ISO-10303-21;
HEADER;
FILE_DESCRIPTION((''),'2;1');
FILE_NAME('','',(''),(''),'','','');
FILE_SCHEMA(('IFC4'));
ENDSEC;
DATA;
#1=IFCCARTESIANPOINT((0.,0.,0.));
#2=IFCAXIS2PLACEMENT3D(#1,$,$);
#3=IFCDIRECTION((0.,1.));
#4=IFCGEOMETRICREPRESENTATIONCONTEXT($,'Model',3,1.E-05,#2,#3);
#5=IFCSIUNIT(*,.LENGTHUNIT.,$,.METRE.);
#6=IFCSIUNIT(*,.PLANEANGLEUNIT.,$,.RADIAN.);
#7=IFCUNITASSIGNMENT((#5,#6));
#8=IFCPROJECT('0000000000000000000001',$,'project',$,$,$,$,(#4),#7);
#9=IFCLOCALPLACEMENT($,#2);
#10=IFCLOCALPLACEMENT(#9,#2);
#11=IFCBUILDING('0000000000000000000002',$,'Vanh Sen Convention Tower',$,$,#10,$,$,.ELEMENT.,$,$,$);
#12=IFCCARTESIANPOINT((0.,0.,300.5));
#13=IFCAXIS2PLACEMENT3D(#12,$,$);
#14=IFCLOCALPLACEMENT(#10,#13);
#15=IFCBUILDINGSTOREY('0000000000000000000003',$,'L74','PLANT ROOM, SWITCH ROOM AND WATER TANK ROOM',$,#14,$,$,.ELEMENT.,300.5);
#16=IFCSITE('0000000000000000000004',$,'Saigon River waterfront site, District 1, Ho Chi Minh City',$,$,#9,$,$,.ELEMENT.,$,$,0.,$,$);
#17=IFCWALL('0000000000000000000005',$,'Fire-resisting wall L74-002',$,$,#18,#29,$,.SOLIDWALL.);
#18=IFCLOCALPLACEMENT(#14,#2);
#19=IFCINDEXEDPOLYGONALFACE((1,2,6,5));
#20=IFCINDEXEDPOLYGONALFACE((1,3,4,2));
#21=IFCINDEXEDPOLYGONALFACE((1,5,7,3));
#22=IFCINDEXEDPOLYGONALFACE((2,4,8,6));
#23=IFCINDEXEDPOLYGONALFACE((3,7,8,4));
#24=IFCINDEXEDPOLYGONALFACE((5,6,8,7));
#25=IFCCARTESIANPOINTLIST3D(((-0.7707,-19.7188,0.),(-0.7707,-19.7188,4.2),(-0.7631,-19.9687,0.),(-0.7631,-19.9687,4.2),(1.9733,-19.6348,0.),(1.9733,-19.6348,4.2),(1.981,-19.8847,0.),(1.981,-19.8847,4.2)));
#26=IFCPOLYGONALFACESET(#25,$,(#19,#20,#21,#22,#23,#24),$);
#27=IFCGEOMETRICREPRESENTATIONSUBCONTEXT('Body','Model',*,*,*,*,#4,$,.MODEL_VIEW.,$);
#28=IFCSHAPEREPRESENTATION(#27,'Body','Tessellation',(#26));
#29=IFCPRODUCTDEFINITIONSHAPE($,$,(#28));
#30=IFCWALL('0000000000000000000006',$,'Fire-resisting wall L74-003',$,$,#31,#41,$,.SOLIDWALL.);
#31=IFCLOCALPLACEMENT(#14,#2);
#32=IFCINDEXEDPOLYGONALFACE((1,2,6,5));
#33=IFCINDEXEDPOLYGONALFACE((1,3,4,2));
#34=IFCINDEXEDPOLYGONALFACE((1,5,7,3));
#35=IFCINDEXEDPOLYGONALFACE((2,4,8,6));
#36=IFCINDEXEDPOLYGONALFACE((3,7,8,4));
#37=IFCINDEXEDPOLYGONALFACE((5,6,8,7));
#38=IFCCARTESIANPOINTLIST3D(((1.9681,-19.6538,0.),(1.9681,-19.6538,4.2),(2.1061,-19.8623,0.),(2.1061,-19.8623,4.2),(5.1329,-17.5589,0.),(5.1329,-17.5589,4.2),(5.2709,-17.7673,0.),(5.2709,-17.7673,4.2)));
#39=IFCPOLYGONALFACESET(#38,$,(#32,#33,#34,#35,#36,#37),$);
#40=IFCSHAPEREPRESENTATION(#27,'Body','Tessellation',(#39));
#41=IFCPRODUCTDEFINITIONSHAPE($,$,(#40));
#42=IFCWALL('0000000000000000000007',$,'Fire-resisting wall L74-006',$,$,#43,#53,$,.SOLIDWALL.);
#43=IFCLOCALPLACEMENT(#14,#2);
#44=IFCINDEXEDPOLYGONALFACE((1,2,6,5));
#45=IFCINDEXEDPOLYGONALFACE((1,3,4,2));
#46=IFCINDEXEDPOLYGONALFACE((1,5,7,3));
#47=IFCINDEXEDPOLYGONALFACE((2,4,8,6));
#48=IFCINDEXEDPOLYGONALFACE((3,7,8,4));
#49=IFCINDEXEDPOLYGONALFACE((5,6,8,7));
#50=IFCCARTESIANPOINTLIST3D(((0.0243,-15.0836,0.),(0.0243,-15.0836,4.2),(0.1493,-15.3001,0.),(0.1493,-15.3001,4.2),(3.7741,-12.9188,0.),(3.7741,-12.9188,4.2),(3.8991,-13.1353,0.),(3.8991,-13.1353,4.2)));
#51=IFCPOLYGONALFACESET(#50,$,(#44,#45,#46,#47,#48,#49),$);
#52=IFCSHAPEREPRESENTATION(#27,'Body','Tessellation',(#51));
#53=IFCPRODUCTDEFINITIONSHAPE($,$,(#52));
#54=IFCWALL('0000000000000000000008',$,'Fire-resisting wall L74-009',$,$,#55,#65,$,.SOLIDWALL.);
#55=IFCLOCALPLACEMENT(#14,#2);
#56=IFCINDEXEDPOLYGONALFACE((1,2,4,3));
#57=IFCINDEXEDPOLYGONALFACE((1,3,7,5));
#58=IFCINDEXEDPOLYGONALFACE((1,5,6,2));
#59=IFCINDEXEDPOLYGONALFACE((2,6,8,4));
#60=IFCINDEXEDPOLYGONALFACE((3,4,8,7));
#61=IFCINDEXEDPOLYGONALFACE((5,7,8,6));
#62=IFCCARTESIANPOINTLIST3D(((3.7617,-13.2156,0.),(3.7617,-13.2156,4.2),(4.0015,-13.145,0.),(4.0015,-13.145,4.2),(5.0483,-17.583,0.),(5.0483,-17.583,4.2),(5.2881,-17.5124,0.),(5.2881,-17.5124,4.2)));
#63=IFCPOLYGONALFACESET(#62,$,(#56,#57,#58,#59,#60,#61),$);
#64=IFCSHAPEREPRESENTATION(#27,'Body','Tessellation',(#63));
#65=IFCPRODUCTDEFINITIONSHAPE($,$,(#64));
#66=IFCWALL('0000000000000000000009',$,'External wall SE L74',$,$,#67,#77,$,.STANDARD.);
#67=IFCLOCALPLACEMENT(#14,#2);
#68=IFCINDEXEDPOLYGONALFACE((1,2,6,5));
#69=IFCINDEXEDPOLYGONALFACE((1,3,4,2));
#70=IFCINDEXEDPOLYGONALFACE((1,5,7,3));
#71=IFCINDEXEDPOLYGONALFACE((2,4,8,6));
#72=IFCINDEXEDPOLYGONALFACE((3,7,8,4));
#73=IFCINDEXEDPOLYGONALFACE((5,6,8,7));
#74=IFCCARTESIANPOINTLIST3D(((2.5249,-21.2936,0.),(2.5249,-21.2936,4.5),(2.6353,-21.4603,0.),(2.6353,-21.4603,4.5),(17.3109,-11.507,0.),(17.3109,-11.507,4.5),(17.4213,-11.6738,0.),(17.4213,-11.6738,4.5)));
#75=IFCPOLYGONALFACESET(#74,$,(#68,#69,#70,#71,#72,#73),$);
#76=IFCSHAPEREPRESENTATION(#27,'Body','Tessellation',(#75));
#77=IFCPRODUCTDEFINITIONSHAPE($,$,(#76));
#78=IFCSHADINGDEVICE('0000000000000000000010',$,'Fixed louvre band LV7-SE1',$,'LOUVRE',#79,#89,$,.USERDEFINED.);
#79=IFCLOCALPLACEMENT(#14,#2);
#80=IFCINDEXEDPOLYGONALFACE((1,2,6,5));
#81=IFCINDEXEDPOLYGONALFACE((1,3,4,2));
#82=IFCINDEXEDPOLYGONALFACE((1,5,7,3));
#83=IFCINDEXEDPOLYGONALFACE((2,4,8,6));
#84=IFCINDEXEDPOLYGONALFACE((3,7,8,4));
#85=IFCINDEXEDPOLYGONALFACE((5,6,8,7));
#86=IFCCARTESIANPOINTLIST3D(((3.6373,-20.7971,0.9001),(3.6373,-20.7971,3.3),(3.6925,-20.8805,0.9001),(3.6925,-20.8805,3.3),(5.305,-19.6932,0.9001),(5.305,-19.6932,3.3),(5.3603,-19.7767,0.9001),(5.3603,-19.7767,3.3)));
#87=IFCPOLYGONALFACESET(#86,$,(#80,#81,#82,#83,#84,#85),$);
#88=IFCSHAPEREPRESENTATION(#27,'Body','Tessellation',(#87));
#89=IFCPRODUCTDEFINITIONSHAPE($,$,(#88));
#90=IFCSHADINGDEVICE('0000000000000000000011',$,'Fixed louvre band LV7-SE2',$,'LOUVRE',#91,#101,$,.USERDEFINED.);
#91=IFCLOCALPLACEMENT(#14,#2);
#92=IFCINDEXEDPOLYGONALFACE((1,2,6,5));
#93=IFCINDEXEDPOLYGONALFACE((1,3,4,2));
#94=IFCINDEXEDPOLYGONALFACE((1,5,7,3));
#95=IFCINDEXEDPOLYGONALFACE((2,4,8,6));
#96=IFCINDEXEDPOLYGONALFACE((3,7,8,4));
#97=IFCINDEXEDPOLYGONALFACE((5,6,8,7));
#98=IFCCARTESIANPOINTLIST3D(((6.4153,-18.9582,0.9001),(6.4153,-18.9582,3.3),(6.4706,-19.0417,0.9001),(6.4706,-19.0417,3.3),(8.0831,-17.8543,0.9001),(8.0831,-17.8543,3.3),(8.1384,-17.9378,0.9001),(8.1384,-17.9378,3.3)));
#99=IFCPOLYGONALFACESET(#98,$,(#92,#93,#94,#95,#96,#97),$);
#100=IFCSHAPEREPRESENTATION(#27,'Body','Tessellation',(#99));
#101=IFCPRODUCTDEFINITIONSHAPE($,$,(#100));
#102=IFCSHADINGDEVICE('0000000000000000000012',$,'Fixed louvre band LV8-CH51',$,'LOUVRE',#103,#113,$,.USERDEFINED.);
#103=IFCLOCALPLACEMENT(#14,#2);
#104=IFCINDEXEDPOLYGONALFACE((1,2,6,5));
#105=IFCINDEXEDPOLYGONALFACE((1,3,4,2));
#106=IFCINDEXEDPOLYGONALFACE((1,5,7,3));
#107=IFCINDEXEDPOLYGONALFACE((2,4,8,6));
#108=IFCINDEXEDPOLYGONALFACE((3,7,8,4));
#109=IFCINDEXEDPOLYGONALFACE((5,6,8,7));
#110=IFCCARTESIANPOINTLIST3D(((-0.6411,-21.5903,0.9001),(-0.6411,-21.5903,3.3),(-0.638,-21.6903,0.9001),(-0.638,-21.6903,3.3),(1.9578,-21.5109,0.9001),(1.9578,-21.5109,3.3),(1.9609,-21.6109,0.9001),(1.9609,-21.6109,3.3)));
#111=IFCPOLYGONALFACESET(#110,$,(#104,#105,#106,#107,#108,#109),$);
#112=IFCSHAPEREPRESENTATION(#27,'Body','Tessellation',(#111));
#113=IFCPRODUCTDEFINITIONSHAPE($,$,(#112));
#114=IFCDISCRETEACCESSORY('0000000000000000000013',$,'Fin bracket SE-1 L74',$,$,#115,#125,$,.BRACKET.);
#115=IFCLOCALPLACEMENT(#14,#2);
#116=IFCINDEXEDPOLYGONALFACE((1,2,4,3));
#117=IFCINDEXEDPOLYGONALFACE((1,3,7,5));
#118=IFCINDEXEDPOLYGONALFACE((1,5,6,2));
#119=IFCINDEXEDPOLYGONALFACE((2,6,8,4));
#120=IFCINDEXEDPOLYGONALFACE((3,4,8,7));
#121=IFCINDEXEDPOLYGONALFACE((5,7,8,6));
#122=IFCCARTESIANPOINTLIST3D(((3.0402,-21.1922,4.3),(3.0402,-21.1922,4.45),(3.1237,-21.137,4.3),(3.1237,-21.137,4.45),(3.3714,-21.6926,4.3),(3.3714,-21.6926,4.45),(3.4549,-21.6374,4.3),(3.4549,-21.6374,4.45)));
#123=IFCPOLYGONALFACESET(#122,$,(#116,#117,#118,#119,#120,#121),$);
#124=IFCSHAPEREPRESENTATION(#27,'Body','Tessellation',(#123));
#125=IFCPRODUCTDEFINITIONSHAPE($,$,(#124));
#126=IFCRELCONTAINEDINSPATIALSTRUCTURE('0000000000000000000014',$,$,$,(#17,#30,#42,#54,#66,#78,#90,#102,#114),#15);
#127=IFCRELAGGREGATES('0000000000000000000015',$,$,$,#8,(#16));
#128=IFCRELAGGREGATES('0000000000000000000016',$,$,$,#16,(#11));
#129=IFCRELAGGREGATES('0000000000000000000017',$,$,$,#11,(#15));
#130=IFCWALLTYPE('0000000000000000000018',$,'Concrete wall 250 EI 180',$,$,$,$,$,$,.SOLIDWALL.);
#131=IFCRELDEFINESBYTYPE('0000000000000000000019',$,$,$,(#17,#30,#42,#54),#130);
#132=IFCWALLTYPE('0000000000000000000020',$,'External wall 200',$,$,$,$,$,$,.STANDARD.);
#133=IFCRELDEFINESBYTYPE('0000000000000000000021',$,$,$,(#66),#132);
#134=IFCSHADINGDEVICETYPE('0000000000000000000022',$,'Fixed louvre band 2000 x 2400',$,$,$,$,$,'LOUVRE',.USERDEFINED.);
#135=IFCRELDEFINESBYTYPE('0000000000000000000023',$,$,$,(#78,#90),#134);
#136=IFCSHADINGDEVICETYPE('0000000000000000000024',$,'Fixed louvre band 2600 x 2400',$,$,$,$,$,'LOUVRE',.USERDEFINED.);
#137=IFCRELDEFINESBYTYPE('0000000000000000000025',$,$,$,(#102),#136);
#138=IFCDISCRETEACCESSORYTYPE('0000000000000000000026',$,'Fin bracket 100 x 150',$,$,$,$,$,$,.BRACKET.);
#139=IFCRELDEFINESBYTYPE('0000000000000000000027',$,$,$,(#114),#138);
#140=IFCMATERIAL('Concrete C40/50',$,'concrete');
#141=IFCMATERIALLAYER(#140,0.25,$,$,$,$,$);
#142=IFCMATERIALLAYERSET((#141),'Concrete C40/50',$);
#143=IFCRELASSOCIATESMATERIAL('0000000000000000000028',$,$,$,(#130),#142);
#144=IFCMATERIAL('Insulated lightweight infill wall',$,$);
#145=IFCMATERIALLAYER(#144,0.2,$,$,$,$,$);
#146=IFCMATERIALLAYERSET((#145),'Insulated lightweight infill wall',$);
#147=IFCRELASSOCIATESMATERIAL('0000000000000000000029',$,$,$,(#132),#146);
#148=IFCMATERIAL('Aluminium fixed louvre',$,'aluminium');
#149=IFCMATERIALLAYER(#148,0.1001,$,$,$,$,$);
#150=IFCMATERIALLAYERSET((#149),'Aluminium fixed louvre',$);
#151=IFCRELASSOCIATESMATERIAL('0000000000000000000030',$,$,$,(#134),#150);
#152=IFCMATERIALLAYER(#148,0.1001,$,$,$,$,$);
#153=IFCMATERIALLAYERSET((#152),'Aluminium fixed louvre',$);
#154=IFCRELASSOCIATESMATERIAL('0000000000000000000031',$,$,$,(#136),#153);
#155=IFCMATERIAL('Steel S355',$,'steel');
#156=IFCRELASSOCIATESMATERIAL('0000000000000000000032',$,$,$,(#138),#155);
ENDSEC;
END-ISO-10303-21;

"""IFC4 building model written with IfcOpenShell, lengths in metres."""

from ifc_helpers import new_model, si_unit, direction, frame, frame_2d, origin, origin_2d, place, context, subcontext, project, spatial, rectangle, extrude, material, layer, layer_set, type_object, element, save


model = new_model("IFC4")

# Units and contexts
model_context = context("Model", 3, precision=1e-05, world=origin(), true_north=direction((0.0, 1.0)))
body_context = subcontext(model_context, "Body", "Model", "MODEL_VIEW")
ifc_project = project(units=[si_unit("LENGTHUNIT", "METRE"), si_unit("PLANEANGLEUNIT", "RADIAN")], contexts=[model_context])

# Site, building, storey
site_placement = place(None, origin())
site = spatial("IfcSite", under=ifc_project, at=site_placement, Name="Saigon River waterfront site, District 1, Ho Chi Minh City", CompositionType="ELEMENT", RefElevation=0.0)
building_placement = place(site_placement, origin())
building = spatial("IfcBuilding", under=site, at=building_placement, Name="Vanh Sen Convention Tower", CompositionType="ELEMENT")
storey_placement = place(building_placement, frame((0.0, 0.0, 300.5)))
storey = spatial("IfcBuildingStorey", under=building, at=storey_placement, Name="L74", Description="PLANT ROOM, SWITCH ROOM AND WATER TANK ROOM", CompositionType="ELEMENT", Elevation=300.5)

# Walls
ifc_material_1 = material(Name="Concrete C40/50", Category="concrete")
ifc_layer_1 = layer(ifc_material_1, 0.25)
ifc_layer_set_1 = layer_set([ifc_layer_1], Name="Concrete C40/50")
wall_type_1 = type_object("IfcWallType", Name="Concrete wall 250 EI 180", PredefinedType="SOLIDWALL", material=ifc_layer_set_1)
wall_1_placement = place(storey_placement, frame((1.9771, -19.7598, 0.0), z_axis=(0.0, 0.0, 1.0), x_axis=(-0.999532, -0.030591, 0.0)))
element("IfcWall", 1, at=wall_1_placement, inside=storey, type_object=wall_type_1, Name="Fire-resisting wall L74-002", PredefinedType="SOLIDWALL", context=body_context, shape_type="SweptSolid", body=[
    extrude(rectangle(XDim=2.7454, YDim=0.25, at=frame_2d((1.3726, 0.0))), origin(), (0.0, 0.0, 1.0), 4.2),
])
wall_2_placement = place(storey_placement, frame((5.2019, -17.6631, 0.0), z_axis=(0.0, 0.0, 1.0), x_axis=(-0.833857, -0.551981, 0.0)))
element("IfcWall", 2, at=wall_2_placement, inside=storey, type_object=wall_type_1, Name="Fire-resisting wall L74-003", PredefinedType="SOLIDWALL", context=body_context, shape_type="SweptSolid", body=[
    extrude(rectangle(XDim=3.7954, YDim=0.25, at=frame_2d((1.8977, 0.0))), origin(), (0.0, 0.0, 1.0), 4.2),
])
wall_3_placement = place(storey_placement, frame((0.0867, -15.1919, 0.0), z_axis=(0.0, 0.0, 1.0), x_axis=(0.866038, 0.499978, 0.0)))
element("IfcWall", 3, at=wall_3_placement, inside=storey, type_object=wall_type_1, Name="Fire-resisting wall L74-006", PredefinedType="SOLIDWALL", context=body_context, shape_type="SweptSolid", body=[
    extrude(rectangle(XDim=4.3298, YDim=0.25, at=frame_2d((2.165, 0.0))), origin(), (0.0, 0.0, 1.0), 4.2),
])
wall_4_placement = place(storey_placement, frame((3.8816, -13.1804, 0.0), z_axis=(0.0, 0.0, 1.0), x_axis=(0.282587, -0.959242, 0.0)))
element("IfcWall", 4, at=wall_4_placement, inside=storey, type_object=wall_type_1, Name="Fire-resisting wall L74-009", PredefinedType="SOLIDWALL", context=body_context, shape_type="SweptSolid", body=[
    extrude(rectangle(XDim=4.553, YDim=0.25, at=frame_2d((2.2764, 0.0))), origin(), (0.0, 0.0, 1.0), 4.2),
])
ifc_material_2 = material(Name="Insulated lightweight infill wall")
ifc_layer_2 = layer(ifc_material_2, 0.2)
ifc_layer_set_2 = layer_set([ifc_layer_2], Name="Insulated lightweight infill wall")
wall_type_2 = type_object("IfcWallType", Name="External wall 200", PredefinedType="STANDARD", material=ifc_layer_set_2)
wall_5_placement = place(storey_placement, frame((2.5801, -21.377, 0.0), z_axis=(0.0, 0.0, 1.0), x_axis=(0.833889, 0.551933, 0.0)))
element("IfcWall", 5, at=wall_5_placement, inside=storey, type_object=wall_type_2, Name="External wall SE L74", PredefinedType="STANDARD", context=body_context, shape_type="SweptSolid", body=[
    extrude(rectangle(XDim=17.7314, YDim=0.2, at=frame_2d((8.8657, 0.0))), origin(), (0.0, 0.0, 1.0), 4.5),
])

# Shading devices
ifc_material_3 = material(Name="Aluminium fixed louvre", Category="aluminium")
ifc_layer_3 = layer(ifc_material_3, 0.1001)
ifc_layer_set_3 = layer_set([ifc_layer_3], Name="Aluminium fixed louvre")
shading_device_type_1 = type_object("IfcShadingDeviceType", Name="Fixed louvre band 2000 x 2400", ElementType="LOUVRE", PredefinedType="USERDEFINED", material=ifc_layer_set_3)
for number, where, z_axis, x_axis, name in (
    (6, (4.4988, -20.2869, 0.9001), (0.0, 0.0, 1.0), (0.833885, 0.551938, 0.0), "Fixed louvre band LV7-SE1"),
    (7, (7.2769, -18.448, 0.9001), (0.0, 0.0, 1.0), (0.833885, 0.551938, 0.0), "Fixed louvre band LV7-SE2"),
):
    element("IfcShadingDevice", number, at=place(storey_placement, frame(where, z_axis=z_axis, x_axis=x_axis)), inside=storey, type_object=shading_device_type_1, Name=name, ObjectType="LOUVRE", PredefinedType="USERDEFINED", context=body_context, shape_type="SweptSolid", body=[
        extrude(rectangle(XDim=2.0, YDim=0.1001, at=origin_2d()), origin(), (0.0, 0.0, 1.0), 2.3999),
    ])
ifc_layer_4 = layer(ifc_material_3, 0.1001)
ifc_layer_set_4 = layer_set([ifc_layer_4], Name="Aluminium fixed louvre")
shading_device_type_2 = type_object("IfcShadingDeviceType", Name="Fixed louvre band 2600 x 2400", ElementType="LOUVRE", PredefinedType="USERDEFINED", material=ifc_layer_set_4)
shading_device_placement = place(storey_placement, frame((0.6599, -21.6006, 0.9001), z_axis=(0.0, 0.0, 1.0), x_axis=(0.999534, 0.03054, 0.0)))
element("IfcShadingDevice", 8, at=shading_device_placement, inside=storey, type_object=shading_device_type_2, Name="Fixed louvre band LV8-CH51", ObjectType="LOUVRE", PredefinedType="USERDEFINED", context=body_context, shape_type="SweptSolid", body=[
    extrude(rectangle(XDim=2.6001, YDim=0.1001, at=origin_2d()), origin(), (0.0, 0.0, 1.0), 2.3999),
])

# Discrete accessory
ifc_material_4 = material(Name="Steel S355", Category="steel")
discrete_accessory_type = type_object("IfcDiscreteAccessoryType", Name="Fin bracket 100 x 150", PredefinedType="BRACKET", material=ifc_material_4)
discrete_accessory_placement = place(storey_placement, frame((3.2476, -21.4148, 4.3), z_axis=(0.0, 0.0, 1.0), x_axis=(0.551937, -0.833886, 0.0)))
element("IfcDiscreteAccessory", 9, at=discrete_accessory_placement, inside=storey, type_object=discrete_accessory_type, Name="Fin bracket SE-1 L74", PredefinedType="BRACKET", context=body_context, shape_type="SweptSolid", body=[
    extrude(rectangle(XDim=0.6001, YDim=0.1001, at=origin_2d()), origin(), (0.0, 0.0, 1.0), 0.1499),
])

save(model, "model.ifc")
